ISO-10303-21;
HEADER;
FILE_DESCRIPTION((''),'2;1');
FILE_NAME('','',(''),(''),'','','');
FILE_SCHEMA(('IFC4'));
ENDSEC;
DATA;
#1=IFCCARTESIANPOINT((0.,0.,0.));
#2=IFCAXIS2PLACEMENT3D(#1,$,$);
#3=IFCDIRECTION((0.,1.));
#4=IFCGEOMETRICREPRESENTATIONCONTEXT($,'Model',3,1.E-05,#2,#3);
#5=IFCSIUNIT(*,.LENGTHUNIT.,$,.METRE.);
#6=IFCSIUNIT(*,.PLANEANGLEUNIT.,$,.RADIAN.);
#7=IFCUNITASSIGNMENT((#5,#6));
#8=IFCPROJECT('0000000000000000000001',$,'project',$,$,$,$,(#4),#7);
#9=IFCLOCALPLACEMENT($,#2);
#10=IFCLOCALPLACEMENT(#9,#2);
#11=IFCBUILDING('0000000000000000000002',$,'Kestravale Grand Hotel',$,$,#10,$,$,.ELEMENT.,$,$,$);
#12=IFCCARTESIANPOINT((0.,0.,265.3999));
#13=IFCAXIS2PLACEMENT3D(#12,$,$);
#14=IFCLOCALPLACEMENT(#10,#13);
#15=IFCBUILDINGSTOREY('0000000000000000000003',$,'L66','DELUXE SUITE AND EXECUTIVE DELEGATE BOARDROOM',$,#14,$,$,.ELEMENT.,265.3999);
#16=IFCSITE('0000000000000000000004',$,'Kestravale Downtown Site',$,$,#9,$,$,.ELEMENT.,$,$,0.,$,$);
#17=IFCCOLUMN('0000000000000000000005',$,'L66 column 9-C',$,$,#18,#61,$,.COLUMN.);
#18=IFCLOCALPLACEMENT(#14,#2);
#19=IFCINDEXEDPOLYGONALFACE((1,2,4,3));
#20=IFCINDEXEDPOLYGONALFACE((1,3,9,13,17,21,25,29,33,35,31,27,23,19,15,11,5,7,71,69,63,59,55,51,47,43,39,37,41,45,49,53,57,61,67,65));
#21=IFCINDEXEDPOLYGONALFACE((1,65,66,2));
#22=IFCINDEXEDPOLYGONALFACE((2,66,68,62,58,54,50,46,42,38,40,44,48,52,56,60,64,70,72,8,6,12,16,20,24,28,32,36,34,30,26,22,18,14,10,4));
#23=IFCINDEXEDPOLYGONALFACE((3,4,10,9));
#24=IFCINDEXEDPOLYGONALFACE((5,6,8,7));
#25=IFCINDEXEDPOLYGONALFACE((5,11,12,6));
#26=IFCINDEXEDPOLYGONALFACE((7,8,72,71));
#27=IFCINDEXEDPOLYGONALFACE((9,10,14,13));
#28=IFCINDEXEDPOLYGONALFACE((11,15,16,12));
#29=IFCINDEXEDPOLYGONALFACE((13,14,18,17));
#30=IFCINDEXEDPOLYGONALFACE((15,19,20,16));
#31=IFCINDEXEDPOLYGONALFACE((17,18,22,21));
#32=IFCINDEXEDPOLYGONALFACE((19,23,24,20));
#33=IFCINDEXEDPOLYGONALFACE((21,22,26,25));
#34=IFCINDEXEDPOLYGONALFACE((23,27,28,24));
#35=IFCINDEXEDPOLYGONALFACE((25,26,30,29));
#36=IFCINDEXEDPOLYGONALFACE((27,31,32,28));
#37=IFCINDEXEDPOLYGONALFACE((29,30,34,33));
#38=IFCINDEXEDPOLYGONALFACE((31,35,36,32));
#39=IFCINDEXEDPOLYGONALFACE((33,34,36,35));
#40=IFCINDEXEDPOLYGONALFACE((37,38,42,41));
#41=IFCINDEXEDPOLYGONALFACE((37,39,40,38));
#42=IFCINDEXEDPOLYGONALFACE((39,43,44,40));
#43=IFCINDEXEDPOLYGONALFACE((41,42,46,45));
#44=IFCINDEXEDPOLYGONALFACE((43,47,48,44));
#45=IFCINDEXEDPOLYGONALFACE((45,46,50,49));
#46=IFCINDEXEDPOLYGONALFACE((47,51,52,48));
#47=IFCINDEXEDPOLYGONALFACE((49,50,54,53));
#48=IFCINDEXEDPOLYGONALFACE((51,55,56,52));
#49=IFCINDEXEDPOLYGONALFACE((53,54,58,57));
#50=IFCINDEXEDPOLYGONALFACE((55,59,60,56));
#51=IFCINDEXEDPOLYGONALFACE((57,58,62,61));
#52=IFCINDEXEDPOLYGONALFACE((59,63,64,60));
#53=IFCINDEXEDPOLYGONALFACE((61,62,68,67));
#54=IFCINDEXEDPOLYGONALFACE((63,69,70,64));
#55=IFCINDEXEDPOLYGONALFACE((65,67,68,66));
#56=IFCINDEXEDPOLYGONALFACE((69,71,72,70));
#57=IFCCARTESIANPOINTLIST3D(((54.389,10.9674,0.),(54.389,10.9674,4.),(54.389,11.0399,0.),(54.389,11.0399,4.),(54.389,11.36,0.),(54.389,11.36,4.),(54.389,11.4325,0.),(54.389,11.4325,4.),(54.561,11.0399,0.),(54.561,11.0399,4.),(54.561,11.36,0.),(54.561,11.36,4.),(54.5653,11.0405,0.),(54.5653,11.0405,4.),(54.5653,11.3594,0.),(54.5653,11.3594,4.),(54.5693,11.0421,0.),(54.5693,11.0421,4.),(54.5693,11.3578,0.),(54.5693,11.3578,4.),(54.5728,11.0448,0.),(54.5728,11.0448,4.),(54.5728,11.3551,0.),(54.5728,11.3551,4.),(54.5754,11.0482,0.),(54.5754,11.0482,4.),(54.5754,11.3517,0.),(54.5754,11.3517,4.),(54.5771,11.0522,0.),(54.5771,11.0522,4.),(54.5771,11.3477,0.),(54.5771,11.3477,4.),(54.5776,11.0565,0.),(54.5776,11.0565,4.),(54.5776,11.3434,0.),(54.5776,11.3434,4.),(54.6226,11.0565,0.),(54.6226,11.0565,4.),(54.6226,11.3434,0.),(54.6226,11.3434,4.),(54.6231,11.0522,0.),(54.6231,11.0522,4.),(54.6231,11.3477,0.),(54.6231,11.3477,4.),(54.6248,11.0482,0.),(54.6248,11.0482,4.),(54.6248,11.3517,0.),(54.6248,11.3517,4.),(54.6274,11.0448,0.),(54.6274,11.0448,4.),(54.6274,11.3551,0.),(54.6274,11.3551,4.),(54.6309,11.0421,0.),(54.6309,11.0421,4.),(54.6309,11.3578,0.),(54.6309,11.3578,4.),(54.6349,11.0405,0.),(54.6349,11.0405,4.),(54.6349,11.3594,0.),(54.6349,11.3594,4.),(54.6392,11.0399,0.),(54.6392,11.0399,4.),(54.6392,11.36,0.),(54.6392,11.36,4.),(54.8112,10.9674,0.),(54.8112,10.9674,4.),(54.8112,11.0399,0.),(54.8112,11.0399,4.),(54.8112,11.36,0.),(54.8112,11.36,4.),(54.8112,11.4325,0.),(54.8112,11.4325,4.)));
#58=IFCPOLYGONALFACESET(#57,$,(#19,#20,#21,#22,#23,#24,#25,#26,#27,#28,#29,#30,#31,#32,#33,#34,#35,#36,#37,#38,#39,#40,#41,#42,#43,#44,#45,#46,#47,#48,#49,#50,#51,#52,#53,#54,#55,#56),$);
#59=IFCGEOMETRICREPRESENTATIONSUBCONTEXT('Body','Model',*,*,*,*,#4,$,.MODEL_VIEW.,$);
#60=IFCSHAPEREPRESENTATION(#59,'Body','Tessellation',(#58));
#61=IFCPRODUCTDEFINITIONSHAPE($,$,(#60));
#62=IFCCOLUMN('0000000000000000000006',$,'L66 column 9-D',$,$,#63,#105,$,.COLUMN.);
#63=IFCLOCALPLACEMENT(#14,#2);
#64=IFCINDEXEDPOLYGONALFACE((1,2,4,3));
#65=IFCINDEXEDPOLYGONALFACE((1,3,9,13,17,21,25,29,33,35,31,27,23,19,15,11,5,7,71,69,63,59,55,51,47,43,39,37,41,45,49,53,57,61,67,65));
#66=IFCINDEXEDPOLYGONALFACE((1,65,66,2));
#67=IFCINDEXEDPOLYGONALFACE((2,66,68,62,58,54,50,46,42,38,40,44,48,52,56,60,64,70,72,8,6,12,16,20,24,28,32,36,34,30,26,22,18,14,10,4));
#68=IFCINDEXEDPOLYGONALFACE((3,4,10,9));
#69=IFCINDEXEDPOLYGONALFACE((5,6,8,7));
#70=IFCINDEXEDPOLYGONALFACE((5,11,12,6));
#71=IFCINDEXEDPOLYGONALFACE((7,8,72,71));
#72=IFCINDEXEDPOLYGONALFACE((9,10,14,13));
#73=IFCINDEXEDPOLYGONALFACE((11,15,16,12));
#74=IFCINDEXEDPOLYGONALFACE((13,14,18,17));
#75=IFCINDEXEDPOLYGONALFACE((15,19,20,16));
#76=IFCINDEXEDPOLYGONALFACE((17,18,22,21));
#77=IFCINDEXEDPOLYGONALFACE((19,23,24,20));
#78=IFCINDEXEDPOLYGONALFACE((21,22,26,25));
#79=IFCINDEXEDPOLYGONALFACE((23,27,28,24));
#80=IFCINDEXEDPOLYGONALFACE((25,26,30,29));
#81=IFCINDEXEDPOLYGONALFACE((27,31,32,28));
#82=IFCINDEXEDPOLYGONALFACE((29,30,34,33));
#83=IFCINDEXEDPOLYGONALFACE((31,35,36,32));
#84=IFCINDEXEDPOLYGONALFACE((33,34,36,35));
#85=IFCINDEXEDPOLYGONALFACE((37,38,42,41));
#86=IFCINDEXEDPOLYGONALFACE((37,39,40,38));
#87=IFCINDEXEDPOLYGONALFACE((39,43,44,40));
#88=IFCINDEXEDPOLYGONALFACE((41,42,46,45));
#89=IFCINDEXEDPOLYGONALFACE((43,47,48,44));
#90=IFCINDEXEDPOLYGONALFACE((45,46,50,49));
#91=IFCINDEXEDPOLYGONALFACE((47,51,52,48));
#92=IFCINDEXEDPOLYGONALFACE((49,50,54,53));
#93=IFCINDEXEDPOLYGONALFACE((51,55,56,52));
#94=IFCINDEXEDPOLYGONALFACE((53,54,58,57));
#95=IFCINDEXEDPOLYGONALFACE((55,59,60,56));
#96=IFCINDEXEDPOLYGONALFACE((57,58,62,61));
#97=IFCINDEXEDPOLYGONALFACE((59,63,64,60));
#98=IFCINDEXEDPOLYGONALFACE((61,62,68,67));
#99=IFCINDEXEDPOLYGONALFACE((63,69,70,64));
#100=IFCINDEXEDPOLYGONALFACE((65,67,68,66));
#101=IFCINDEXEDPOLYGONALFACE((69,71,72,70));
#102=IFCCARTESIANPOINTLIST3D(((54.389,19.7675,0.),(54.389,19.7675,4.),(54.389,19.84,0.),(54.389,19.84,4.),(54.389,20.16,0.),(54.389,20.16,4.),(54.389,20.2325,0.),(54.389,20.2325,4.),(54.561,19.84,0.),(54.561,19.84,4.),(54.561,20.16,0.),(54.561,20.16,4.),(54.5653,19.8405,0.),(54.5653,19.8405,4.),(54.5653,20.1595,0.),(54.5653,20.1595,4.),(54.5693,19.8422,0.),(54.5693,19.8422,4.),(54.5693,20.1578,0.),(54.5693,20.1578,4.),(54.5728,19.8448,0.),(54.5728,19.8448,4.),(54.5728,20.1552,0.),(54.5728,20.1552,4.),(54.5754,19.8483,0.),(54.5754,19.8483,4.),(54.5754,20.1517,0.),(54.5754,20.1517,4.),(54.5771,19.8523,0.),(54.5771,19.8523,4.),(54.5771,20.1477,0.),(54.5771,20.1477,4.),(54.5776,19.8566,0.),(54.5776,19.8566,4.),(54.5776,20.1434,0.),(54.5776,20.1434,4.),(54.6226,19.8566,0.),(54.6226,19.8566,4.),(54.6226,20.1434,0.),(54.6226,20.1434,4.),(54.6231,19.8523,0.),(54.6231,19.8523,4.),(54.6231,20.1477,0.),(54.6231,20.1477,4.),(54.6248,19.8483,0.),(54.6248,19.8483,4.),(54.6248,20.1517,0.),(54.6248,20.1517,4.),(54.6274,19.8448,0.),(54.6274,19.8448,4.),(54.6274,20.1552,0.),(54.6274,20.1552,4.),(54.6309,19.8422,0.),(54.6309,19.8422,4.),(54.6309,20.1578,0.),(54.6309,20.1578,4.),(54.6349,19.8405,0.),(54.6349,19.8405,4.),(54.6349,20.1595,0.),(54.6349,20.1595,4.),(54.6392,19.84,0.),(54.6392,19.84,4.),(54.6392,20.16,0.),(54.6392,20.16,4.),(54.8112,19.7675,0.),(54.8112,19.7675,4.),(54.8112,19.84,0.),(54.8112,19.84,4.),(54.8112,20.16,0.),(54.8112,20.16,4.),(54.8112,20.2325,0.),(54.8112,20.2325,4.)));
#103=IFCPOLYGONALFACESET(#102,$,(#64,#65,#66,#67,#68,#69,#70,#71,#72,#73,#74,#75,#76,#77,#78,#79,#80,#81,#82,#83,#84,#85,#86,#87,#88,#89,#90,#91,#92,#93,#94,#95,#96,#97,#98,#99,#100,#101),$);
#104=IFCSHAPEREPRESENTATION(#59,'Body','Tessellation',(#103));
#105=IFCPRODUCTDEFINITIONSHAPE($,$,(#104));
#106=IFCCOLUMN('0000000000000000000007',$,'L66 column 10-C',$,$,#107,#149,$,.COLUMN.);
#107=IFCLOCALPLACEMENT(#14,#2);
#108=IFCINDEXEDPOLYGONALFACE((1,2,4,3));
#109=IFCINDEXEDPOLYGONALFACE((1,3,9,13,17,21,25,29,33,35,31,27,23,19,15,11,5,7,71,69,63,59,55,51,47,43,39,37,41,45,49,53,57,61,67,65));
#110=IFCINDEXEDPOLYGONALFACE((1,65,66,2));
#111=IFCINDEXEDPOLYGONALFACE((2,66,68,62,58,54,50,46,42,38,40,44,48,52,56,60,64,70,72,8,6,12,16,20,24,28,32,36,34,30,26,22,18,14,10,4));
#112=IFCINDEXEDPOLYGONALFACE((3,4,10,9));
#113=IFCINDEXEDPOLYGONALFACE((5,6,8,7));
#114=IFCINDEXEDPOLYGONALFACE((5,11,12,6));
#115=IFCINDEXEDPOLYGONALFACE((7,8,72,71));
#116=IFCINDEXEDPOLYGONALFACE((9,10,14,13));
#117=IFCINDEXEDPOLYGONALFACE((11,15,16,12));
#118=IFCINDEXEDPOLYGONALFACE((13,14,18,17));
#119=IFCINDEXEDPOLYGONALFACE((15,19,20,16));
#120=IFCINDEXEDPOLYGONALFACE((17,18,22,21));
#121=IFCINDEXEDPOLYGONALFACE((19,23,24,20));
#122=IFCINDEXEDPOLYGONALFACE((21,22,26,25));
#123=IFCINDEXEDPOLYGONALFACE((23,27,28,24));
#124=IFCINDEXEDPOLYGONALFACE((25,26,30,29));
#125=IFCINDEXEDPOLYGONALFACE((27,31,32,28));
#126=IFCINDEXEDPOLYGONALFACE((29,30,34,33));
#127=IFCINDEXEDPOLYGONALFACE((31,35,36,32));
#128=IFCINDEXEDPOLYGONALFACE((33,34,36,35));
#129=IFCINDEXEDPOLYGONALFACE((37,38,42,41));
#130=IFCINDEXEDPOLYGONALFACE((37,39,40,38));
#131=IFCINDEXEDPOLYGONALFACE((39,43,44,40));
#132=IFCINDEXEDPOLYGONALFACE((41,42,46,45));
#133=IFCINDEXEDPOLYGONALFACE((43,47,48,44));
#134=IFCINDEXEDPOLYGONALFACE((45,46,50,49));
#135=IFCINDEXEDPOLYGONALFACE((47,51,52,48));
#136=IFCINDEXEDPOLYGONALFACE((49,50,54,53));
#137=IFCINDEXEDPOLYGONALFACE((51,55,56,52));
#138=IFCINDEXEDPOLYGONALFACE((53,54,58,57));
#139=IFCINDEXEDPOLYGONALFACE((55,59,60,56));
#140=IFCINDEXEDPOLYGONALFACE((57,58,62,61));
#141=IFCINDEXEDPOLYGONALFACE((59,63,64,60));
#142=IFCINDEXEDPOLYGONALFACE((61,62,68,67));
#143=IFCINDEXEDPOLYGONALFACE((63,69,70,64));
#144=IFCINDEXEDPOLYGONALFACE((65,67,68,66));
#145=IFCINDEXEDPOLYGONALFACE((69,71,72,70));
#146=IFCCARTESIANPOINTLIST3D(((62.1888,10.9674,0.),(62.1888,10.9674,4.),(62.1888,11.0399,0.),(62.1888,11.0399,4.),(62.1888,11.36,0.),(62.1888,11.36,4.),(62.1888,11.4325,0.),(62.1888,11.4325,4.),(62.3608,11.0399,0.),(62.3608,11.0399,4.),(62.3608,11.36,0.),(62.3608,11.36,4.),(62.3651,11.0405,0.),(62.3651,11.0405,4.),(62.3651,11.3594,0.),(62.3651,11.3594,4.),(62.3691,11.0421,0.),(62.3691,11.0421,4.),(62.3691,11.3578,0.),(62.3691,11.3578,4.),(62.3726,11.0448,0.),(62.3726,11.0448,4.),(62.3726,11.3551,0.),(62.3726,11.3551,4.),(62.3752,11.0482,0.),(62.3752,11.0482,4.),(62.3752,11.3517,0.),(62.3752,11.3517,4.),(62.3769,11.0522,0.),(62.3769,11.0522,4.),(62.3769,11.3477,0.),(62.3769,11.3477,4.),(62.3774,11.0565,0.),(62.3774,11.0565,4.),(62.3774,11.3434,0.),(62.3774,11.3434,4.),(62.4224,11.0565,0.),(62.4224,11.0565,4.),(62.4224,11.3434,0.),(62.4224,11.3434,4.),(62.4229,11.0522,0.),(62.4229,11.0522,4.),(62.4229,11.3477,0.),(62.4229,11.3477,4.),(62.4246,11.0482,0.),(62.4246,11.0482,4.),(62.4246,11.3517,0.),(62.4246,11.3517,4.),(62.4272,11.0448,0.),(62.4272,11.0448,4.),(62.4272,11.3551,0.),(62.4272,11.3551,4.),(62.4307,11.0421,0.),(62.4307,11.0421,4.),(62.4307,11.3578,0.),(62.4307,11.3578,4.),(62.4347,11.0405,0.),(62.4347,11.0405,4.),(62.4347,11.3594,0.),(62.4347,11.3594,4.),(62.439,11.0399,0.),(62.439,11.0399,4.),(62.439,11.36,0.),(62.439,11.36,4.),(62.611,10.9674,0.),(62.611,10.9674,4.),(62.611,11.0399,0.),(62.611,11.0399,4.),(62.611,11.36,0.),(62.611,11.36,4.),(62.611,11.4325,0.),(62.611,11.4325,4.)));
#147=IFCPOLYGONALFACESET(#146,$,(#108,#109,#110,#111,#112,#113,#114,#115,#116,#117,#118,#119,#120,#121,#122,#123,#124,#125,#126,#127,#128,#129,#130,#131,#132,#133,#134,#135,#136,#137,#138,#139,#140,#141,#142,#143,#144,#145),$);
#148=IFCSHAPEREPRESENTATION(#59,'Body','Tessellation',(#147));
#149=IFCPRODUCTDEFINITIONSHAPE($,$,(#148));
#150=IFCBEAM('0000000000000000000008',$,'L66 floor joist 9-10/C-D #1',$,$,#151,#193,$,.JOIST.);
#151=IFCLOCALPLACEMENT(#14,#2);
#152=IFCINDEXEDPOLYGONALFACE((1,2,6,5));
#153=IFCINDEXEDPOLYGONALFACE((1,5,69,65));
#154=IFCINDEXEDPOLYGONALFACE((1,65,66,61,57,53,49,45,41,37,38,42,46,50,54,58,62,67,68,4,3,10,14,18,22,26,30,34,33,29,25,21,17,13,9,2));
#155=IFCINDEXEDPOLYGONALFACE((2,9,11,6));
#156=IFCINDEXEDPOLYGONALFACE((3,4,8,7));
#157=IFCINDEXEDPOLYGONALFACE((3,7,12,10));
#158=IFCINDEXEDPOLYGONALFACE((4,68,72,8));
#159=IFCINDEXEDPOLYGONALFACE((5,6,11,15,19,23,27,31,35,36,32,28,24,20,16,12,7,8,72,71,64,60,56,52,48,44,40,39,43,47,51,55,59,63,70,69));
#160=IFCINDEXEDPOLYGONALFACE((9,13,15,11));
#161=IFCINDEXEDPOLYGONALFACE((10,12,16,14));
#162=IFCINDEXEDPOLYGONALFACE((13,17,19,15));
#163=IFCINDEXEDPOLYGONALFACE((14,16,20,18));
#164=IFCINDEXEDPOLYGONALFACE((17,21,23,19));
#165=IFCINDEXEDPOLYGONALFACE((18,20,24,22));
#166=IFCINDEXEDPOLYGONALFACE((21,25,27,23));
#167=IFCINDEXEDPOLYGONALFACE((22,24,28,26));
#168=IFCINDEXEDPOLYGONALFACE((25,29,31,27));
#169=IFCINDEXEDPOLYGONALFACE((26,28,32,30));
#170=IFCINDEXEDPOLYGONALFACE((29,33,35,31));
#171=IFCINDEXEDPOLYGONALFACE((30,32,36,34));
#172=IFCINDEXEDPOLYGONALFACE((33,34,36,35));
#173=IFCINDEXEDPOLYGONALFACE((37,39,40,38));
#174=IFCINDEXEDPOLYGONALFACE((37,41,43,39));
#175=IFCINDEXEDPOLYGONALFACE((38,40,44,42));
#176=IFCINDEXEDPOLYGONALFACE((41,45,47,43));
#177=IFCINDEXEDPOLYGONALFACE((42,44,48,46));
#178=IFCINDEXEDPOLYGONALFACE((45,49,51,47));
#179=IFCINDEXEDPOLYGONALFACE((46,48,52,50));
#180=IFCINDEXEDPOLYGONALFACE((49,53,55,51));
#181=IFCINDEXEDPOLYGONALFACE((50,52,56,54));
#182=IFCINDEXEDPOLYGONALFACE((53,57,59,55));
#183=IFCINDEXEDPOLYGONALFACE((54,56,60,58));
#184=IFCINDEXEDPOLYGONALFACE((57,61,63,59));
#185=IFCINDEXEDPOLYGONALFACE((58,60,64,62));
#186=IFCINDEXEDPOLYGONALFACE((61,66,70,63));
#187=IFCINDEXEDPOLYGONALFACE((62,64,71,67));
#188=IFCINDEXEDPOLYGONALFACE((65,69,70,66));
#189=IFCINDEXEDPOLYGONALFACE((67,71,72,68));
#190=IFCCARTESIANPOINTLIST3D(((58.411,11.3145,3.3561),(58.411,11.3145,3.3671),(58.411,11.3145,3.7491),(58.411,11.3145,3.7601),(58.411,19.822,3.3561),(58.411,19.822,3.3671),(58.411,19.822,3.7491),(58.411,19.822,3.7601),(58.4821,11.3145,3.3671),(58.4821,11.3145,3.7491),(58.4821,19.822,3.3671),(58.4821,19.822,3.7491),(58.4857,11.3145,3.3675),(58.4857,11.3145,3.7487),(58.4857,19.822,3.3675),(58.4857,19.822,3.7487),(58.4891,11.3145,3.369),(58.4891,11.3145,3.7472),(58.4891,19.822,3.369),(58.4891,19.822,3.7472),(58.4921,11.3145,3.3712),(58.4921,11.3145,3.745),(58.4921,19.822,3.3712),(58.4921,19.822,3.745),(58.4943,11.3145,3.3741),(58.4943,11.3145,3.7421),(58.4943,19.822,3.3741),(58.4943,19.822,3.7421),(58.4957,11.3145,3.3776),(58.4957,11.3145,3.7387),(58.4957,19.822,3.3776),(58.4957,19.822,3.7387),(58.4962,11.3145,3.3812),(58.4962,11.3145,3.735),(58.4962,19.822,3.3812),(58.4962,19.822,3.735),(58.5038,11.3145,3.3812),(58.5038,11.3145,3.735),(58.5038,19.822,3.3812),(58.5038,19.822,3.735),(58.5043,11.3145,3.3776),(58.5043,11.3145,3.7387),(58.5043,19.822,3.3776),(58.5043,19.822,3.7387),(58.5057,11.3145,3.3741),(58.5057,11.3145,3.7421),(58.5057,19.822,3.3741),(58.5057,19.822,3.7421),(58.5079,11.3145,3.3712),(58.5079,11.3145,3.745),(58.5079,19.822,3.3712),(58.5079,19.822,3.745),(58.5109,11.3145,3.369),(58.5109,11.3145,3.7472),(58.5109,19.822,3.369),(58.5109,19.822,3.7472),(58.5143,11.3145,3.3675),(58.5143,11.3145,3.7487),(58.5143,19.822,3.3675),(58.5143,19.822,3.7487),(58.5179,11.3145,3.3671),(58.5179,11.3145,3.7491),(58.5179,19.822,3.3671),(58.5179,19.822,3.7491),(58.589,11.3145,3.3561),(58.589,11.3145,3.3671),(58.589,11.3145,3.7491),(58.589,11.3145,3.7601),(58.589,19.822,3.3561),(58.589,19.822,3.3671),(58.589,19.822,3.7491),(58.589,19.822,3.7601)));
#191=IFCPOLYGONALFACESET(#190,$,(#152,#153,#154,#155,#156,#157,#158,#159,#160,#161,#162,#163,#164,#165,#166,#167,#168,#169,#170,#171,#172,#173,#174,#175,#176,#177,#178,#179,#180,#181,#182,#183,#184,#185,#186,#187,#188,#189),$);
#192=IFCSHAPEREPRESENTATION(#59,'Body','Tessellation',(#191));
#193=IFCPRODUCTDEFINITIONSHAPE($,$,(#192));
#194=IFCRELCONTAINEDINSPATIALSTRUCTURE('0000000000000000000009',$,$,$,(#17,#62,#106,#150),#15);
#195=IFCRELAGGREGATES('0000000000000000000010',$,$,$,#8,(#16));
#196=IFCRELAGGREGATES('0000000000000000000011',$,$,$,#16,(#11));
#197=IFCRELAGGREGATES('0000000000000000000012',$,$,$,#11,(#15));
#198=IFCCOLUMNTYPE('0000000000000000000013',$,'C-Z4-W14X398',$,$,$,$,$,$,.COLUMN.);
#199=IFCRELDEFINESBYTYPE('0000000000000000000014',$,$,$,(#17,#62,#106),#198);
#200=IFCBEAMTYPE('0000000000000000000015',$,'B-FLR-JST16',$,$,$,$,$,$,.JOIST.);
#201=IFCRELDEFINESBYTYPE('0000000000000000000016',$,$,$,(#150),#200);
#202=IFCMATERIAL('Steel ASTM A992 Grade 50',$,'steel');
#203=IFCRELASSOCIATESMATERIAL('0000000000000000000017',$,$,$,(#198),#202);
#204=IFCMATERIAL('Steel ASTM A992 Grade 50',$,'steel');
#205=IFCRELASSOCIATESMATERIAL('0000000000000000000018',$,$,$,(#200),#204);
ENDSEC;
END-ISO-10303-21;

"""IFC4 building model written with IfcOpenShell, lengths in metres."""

from ifc_helpers import new_model, si_unit, direction, frame, origin, origin_2d, place, context, subcontext, project, spatial, i_section, extrude, material, material_profile, profile_set, type_object, element, save


model = new_model("IFC4")

# Units and contexts
model_context = context("Model", 3, precision=1e-05, world=origin(), true_north=direction((0.0, 1.0)))
body_context = subcontext(model_context, "Body", "Model", "MODEL_VIEW")
ifc_project = project(units=[si_unit("LENGTHUNIT", "METRE"), si_unit("PLANEANGLEUNIT", "RADIAN")], contexts=[model_context])

# Site, building, storey
site_placement = place(None, origin())
site = spatial("IfcSite", under=ifc_project, at=site_placement, Name="Kestravale Downtown Site", CompositionType="ELEMENT", RefElevation=0.0)
building_placement = place(site_placement, origin())
building = spatial("IfcBuilding", under=site, at=building_placement, Name="Kestravale Grand Hotel", CompositionType="ELEMENT")
storey_placement = place(building_placement, frame((0.0, 0.0, 265.3999)))
storey = spatial("IfcBuildingStorey", under=building, at=storey_placement, Name="L66", Description="DELUXE SUITE AND EXECUTIVE DELEGATE BOARDROOM", CompositionType="ELEMENT", Elevation=265.3999)

# Columns
ifc_material_1 = material(Name="Steel ASTM A992 Grade 50", Category="steel")
ifc_material_profile_1 = material_profile(ifc_material_1, i_section(OverallWidth=0.4221, OverallDepth=0.4651, WebThickness=0.0449, FlangeThickness=0.0725, FilletRadius=0.0166, at=origin_2d()))
ifc_profile_set_1 = profile_set([ifc_material_profile_1], Name="Steel ASTM A992 Grade 50")
column_type = type_object("IfcColumnType", Name="C-Z4-W14X398", PredefinedType="COLUMN", material=ifc_profile_set_1)
for number, where, z_axis, x_axis, name in (
    (1, (54.6001, 11.2, 0.0), (0.0, 0.0, 1.0), (1.0, 0.0, 0.0), "L66 column 9-C"),
    (2, (54.6001, 20.0, 0.0), (0.0, 0.0, 1.0), (1.0, 0.0, 0.0), "L66 column 9-D"),
    (3, (62.3999, 11.2, 0.0), (0.0, 0.0, 1.0), (1.0, 0.0, 0.0), "L66 column 10-C"),
):
    element("IfcColumn", number, at=place(storey_placement, frame(where, z_axis=z_axis, x_axis=x_axis)), inside=storey, type_object=column_type, Name=name, PredefinedType="COLUMN", context=body_context, shape_type="SweptSolid", body=[
        extrude(i_section(OverallWidth=0.4221, OverallDepth=0.4651, WebThickness=0.0449, FlangeThickness=0.0725, FilletRadius=0.0166, at=origin_2d()), origin(), (0.0, 0.0, 1.0), 4.0),
    ])

# Beam
ifc_material_2 = material(Name="Steel ASTM A992 Grade 50", Category="steel")
ifc_material_profile_2 = material_profile(ifc_material_2, i_section(OverallWidth=0.178, OverallDepth=0.4041, WebThickness=0.0076, FlangeThickness=0.011, FilletRadius=0.0142, at=origin_2d()))
ifc_profile_set_2 = profile_set([ifc_material_profile_2], Name="Steel ASTM A992 Grade 50")
beam_type_1 = type_object("IfcBeamType", Name="B-FLR-JST16", PredefinedType="JOIST", material=ifc_profile_set_2)
beam_1_placement = place(storey_placement, frame((58.5, 11.3145, 3.5581), z_axis=(0.0, 1.0, 0.0), x_axis=(-1.0, 0.0, 0.0)))
element("IfcBeam", 4, at=beam_1_placement, inside=storey, type_object=beam_type_1, Name="L66 floor joist 9-10/C-D #1", PredefinedType="JOIST", context=body_context, shape_type="SweptSolid", body=[
    extrude(i_section(OverallWidth=0.178, OverallDepth=0.4041, WebThickness=0.0076, FlangeThickness=0.011, FilletRadius=0.0142, at=origin_2d()), origin(), (0.0, 0.0, 1.0), 8.5076),
])

save(model, "model.ifc")
